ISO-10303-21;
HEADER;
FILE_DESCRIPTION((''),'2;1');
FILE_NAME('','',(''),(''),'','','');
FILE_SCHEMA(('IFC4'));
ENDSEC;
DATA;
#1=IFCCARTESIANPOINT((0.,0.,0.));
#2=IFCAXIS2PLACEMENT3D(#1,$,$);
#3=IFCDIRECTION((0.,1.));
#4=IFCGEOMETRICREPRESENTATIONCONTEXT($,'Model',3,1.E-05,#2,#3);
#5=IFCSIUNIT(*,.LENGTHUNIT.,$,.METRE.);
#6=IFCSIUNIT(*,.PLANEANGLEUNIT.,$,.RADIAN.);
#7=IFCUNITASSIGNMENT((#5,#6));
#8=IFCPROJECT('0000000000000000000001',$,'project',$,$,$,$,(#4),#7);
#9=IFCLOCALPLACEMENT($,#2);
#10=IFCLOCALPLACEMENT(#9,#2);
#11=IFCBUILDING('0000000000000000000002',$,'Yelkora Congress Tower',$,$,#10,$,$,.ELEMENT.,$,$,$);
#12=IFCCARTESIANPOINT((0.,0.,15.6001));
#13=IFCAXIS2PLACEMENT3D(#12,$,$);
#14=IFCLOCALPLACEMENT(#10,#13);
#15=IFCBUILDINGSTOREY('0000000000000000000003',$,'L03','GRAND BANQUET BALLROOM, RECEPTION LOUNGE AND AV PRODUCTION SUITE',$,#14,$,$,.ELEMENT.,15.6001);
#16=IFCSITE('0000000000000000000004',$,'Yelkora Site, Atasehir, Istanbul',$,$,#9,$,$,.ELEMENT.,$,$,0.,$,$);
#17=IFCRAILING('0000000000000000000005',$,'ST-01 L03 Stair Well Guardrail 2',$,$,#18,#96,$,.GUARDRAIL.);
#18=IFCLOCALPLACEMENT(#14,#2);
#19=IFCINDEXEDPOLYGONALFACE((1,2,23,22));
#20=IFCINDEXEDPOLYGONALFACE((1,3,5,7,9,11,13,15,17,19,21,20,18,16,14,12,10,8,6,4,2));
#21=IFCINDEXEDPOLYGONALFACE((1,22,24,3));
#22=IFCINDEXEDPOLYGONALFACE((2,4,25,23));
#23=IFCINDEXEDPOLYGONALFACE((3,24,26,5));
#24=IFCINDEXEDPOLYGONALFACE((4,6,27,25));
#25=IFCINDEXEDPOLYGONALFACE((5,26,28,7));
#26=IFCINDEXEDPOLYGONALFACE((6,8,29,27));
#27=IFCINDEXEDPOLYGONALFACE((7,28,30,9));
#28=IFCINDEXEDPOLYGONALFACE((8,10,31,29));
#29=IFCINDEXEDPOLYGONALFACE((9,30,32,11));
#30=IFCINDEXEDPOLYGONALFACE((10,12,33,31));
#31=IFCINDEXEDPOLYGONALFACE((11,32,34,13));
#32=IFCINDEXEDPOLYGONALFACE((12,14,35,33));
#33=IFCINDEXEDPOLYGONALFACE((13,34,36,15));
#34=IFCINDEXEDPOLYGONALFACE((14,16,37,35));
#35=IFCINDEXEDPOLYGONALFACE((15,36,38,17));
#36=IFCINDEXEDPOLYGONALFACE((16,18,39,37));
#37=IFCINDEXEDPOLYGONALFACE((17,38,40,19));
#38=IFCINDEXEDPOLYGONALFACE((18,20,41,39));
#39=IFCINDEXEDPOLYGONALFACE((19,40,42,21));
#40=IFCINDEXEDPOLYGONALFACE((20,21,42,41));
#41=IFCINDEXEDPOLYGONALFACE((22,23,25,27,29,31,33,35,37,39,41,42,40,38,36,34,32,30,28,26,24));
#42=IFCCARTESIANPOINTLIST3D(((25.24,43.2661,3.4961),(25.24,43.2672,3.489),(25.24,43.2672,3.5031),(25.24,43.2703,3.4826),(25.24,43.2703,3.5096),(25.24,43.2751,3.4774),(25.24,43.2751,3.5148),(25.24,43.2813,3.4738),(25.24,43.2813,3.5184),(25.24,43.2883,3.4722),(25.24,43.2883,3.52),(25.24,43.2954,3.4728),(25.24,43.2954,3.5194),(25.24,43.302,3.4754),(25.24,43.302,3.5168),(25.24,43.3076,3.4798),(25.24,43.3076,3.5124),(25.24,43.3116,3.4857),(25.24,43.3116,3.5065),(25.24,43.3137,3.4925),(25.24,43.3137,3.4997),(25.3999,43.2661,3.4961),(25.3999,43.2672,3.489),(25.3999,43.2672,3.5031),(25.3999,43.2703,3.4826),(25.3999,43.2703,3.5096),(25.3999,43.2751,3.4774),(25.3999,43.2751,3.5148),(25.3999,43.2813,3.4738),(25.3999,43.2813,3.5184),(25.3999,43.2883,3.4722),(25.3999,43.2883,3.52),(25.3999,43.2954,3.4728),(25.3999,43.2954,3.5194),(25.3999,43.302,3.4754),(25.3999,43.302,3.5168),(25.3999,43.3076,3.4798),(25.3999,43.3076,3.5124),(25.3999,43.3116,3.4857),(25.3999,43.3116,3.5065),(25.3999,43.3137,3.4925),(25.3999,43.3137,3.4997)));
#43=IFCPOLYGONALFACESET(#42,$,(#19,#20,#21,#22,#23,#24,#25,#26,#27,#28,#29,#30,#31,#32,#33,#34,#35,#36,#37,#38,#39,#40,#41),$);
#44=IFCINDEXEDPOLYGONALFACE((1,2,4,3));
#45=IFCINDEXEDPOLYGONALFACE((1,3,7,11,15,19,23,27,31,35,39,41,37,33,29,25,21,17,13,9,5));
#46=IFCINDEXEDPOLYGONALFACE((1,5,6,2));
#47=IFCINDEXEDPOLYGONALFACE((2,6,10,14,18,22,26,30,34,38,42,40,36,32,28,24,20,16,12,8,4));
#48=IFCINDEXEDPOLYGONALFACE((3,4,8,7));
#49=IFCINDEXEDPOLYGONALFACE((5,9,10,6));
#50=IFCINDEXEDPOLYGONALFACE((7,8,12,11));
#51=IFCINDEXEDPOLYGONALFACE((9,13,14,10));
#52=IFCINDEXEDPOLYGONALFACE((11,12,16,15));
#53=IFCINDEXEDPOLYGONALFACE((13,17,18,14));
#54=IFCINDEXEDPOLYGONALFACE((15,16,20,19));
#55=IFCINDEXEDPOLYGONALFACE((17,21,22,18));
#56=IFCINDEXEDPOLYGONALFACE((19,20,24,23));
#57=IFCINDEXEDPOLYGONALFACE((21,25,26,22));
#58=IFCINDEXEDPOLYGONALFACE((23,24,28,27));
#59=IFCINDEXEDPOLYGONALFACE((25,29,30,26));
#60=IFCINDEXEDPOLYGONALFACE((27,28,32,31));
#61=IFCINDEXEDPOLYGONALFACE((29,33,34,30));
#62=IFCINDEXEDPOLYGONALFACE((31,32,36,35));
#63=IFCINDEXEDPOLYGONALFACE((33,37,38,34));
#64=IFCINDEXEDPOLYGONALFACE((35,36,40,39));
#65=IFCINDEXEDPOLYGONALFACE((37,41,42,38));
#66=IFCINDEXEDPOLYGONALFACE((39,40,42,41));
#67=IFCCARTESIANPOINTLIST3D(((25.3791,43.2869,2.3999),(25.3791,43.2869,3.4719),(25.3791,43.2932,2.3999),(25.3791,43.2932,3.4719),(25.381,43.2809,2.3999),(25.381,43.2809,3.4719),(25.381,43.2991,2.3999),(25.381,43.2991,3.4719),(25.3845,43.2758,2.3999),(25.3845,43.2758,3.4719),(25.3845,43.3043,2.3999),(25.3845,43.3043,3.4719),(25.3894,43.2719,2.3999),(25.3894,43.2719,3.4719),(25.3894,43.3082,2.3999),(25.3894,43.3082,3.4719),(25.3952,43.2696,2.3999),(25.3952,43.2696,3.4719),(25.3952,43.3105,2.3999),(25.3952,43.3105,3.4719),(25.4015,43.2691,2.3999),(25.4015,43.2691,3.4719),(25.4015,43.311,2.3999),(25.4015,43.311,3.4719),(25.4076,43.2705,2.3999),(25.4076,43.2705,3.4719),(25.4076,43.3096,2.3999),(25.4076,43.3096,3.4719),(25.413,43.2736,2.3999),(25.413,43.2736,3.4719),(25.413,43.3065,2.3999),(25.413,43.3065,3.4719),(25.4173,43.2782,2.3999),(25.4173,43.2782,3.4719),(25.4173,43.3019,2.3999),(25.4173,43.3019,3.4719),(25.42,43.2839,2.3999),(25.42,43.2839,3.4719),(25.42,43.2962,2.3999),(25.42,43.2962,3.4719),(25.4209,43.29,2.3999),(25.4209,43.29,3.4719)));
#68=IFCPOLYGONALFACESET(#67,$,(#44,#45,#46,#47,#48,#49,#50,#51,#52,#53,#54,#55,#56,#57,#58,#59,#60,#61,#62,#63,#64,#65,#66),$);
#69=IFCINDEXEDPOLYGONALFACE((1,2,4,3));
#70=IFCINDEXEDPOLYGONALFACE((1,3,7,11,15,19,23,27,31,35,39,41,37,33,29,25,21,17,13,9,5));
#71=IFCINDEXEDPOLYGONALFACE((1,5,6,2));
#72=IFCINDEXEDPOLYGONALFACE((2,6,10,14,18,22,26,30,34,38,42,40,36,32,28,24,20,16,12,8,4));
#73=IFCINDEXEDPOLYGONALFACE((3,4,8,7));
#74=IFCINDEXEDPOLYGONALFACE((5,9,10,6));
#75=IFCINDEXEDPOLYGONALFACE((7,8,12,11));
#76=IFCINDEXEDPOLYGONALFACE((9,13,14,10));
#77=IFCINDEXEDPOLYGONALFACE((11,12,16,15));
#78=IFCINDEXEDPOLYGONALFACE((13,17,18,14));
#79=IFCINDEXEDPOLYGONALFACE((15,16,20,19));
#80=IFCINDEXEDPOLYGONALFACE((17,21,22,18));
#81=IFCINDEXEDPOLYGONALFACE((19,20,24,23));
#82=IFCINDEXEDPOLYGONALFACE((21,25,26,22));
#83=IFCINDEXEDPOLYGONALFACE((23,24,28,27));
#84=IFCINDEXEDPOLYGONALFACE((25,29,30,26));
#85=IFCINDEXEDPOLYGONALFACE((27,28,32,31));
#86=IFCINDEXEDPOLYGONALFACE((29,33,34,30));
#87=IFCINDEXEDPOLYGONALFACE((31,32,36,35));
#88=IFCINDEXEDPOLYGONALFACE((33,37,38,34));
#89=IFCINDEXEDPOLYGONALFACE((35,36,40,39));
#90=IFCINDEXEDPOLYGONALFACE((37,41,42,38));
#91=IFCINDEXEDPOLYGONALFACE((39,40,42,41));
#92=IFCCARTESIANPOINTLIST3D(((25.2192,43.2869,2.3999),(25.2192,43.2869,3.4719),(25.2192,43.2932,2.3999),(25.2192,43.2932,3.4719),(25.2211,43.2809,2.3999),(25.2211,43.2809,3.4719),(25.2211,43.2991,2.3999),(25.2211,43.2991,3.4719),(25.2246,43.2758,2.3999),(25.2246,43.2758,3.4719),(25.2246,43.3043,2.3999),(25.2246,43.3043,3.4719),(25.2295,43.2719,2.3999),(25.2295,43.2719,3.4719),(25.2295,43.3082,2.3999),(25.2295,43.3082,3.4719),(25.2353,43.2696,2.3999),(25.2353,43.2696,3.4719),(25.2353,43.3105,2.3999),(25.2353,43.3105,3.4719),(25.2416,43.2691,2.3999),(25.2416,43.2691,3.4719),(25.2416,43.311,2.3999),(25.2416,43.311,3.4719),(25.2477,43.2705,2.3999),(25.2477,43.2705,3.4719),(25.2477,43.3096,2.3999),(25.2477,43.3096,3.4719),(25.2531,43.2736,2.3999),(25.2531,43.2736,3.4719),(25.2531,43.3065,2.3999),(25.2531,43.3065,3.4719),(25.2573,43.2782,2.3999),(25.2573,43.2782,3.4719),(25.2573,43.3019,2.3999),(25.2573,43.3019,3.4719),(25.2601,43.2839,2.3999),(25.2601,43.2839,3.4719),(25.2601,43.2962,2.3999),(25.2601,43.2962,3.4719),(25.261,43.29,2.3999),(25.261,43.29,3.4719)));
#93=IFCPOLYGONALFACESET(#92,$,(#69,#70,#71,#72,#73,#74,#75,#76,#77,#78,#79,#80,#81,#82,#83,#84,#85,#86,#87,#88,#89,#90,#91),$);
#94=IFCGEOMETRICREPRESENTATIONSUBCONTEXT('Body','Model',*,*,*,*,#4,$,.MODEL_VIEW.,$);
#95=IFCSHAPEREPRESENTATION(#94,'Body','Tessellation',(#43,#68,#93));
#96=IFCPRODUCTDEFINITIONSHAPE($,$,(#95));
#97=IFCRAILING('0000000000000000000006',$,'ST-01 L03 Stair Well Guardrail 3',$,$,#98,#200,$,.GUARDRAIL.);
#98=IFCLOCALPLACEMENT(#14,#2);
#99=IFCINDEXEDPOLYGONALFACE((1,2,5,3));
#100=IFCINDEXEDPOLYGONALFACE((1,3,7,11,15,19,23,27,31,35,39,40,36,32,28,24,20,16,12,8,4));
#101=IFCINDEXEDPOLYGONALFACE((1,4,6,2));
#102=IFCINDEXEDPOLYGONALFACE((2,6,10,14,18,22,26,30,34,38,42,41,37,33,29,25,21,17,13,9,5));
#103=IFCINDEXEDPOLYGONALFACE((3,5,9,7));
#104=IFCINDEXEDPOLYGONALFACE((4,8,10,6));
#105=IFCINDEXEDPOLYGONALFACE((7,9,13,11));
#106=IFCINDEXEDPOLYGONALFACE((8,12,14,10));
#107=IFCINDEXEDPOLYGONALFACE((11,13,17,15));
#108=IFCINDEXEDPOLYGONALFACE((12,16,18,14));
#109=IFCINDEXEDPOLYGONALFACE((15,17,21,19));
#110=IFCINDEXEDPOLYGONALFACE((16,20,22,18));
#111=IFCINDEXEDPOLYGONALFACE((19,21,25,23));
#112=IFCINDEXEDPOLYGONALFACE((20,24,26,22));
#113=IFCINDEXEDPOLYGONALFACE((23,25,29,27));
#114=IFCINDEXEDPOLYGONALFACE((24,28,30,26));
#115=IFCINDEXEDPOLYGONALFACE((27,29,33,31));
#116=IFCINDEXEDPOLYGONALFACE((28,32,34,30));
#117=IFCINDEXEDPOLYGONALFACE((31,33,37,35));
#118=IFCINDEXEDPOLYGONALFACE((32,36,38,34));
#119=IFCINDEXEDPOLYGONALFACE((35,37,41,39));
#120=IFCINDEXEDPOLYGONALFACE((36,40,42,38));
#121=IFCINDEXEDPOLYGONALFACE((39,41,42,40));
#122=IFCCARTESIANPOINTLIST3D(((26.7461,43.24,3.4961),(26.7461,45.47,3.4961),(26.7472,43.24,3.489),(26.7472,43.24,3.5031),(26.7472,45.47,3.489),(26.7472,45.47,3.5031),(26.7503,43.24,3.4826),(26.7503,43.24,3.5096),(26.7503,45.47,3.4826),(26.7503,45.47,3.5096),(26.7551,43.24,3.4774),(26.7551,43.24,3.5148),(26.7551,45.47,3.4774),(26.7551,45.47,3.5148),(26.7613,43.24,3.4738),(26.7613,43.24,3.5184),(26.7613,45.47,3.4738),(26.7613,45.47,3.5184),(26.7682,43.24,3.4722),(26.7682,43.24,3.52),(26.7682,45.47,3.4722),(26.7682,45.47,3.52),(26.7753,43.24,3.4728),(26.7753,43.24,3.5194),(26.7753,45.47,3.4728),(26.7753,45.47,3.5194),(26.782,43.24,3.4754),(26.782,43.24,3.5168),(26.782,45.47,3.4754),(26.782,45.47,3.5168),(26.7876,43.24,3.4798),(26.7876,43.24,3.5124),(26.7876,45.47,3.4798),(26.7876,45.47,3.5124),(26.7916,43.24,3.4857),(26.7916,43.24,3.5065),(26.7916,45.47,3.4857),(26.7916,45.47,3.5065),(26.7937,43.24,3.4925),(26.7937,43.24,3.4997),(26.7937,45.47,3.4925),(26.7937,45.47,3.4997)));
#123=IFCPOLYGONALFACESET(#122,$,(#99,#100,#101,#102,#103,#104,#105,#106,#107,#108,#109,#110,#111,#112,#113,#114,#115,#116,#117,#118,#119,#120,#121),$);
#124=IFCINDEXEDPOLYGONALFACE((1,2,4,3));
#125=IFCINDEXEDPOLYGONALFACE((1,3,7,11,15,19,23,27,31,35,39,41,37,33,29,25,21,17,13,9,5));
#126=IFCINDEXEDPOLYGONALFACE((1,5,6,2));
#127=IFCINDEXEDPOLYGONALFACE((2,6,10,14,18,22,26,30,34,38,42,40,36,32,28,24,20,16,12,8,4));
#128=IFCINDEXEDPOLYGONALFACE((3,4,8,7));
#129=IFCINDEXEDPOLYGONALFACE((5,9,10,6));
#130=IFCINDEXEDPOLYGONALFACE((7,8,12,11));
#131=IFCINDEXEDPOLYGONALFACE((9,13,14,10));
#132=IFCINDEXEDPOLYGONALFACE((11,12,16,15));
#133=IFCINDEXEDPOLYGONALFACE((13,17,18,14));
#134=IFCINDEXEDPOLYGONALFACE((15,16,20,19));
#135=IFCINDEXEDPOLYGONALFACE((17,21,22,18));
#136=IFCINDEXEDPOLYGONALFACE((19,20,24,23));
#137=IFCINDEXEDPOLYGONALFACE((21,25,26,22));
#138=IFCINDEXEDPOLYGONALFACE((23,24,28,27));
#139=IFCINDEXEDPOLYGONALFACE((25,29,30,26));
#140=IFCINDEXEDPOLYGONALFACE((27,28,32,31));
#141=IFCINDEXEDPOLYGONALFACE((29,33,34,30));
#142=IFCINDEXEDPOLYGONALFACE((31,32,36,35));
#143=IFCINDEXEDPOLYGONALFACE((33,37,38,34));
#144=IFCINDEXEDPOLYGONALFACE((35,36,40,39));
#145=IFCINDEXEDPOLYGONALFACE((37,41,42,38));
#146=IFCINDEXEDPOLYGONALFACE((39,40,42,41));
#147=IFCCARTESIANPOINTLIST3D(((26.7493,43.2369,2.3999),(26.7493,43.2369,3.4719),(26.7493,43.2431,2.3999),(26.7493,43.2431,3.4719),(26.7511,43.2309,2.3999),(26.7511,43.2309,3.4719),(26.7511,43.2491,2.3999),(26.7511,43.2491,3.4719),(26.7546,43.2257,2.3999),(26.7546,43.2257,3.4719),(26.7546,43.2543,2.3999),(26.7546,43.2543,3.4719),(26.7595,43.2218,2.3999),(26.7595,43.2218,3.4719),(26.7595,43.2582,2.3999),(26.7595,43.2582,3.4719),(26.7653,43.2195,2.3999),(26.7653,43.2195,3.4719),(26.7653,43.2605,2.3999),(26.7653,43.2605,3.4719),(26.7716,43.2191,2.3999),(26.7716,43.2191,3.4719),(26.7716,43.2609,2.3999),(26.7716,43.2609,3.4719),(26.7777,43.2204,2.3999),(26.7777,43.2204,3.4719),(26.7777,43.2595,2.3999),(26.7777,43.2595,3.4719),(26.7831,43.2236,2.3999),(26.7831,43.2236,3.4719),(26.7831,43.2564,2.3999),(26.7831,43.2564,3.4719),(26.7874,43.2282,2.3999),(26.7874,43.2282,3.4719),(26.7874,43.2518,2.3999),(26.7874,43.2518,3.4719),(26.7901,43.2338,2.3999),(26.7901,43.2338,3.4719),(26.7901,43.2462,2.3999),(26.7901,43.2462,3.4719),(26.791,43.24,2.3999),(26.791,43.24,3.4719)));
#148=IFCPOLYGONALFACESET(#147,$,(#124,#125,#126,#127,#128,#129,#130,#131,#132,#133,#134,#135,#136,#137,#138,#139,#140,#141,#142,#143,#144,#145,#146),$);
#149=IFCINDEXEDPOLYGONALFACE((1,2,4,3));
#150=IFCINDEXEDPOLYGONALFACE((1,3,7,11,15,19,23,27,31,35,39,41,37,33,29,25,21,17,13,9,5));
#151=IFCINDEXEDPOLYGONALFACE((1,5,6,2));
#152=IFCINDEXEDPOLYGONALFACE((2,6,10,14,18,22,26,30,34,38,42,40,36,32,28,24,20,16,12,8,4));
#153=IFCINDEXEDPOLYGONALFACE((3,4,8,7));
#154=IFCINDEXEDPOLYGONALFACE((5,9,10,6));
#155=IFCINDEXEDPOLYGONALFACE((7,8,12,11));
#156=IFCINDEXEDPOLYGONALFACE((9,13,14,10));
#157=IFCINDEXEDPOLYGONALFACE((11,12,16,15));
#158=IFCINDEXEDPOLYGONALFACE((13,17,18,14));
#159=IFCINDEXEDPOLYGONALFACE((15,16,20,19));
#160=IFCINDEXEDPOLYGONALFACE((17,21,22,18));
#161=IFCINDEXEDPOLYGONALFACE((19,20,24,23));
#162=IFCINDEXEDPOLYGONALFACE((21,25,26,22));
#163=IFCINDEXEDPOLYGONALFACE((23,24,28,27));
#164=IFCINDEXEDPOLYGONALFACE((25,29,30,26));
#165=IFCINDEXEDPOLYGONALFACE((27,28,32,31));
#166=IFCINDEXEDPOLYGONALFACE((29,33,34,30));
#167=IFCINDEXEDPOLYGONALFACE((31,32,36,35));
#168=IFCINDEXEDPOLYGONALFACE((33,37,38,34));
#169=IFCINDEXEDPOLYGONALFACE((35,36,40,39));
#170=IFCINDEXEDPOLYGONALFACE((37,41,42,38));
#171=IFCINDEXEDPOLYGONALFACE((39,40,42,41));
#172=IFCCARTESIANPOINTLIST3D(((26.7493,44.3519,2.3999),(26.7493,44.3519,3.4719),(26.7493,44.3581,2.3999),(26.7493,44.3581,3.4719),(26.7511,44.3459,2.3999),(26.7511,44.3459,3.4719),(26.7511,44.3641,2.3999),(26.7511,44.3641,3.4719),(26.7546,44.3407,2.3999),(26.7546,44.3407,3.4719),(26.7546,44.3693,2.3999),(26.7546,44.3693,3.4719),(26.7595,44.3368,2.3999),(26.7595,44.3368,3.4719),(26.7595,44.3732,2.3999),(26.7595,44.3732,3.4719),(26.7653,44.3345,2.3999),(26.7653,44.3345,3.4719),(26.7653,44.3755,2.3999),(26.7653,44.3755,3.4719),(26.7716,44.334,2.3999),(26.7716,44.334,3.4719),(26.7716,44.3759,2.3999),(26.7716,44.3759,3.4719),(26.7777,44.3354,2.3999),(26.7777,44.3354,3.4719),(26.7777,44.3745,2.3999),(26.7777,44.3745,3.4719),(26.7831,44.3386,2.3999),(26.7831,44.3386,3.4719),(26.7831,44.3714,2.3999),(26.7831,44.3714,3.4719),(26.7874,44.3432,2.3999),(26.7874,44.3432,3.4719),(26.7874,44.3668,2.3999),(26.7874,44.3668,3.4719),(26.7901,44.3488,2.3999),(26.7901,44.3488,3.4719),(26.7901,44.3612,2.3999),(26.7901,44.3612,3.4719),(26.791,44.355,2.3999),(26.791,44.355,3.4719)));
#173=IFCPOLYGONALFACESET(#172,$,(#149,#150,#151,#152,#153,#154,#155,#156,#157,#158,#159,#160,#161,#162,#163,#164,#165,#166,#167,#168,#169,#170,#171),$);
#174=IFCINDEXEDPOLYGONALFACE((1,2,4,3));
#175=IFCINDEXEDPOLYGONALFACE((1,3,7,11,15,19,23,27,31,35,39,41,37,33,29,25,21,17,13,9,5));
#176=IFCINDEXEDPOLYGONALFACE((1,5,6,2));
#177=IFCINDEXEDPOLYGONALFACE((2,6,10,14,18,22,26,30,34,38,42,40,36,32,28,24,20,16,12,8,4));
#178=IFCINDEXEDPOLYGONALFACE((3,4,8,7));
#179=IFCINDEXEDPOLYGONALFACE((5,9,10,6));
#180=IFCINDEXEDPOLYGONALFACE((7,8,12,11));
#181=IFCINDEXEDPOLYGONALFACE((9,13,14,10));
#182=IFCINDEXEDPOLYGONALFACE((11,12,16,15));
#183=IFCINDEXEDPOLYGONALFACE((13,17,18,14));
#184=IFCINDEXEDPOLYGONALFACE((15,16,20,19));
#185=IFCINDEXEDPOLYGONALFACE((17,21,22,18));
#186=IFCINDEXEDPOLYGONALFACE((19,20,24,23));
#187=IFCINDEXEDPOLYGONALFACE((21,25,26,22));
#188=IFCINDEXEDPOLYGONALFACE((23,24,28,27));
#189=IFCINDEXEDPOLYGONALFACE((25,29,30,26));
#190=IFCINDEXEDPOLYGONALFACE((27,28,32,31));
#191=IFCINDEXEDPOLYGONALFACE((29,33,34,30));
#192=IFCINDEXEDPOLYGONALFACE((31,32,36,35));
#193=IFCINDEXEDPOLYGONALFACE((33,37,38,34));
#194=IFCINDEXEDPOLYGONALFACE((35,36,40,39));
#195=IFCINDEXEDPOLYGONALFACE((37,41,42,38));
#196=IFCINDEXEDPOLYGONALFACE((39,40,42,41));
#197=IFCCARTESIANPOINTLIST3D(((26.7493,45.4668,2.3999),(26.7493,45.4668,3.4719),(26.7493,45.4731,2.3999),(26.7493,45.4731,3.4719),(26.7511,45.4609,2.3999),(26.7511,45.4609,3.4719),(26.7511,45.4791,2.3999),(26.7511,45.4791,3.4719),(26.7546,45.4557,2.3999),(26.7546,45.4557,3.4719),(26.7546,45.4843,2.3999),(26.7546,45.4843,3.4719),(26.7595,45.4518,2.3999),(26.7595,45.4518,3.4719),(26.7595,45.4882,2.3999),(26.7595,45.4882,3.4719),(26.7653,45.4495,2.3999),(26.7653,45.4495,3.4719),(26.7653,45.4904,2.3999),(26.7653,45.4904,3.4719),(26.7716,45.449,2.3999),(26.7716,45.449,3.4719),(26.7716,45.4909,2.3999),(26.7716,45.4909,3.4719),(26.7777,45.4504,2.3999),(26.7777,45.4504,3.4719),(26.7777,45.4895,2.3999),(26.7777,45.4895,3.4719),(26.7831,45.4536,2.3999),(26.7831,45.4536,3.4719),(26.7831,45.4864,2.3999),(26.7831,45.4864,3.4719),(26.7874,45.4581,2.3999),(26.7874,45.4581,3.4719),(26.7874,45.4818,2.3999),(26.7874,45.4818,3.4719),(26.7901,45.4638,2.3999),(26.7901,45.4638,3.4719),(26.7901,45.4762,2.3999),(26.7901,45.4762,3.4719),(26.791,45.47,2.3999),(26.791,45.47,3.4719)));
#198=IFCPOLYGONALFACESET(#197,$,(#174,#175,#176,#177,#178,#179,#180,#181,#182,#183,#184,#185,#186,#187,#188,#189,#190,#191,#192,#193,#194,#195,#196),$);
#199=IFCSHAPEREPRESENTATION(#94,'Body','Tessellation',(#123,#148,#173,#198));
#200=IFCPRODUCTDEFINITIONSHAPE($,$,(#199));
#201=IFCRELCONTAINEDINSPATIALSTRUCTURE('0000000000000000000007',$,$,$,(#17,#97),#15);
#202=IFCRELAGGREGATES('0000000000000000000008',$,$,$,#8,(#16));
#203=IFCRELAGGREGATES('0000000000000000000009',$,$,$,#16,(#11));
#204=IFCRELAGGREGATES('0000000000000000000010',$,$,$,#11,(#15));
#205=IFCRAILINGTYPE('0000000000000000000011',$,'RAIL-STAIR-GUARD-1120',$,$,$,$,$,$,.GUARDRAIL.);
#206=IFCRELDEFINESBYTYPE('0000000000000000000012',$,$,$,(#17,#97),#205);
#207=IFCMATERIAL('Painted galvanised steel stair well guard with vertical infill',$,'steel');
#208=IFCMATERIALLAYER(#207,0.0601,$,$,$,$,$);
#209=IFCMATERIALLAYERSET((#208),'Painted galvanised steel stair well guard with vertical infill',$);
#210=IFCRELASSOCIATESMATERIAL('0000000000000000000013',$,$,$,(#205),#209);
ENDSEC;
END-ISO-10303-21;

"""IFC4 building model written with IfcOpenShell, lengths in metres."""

from ifc_helpers import new_model, si_unit, direction, frame, origin, origin_2d, place, context, subcontext, project, spatial, circle, extrude, material, layer, layer_set, type_object, element, save


model = new_model("IFC4")

# Units and contexts
model_context = context("Model", 3, precision=1e-05, world=origin(), true_north=direction((0.0, 1.0)))
body_context = subcontext(model_context, "Body", "Model", "MODEL_VIEW")
ifc_project = project(units=[si_unit("LENGTHUNIT", "METRE"), si_unit("PLANEANGLEUNIT", "RADIAN")], contexts=[model_context])

# Site, building, storey
site_placement = place(None, origin())
site = spatial("IfcSite", under=ifc_project, at=site_placement, Name="Yelkora Site, Atasehir, Istanbul", CompositionType="ELEMENT", RefElevation=0.0)
building_placement = place(site_placement, origin())
building = spatial("IfcBuilding", under=site, at=building_placement, Name="Yelkora Congress Tower", CompositionType="ELEMENT")
storey_placement = place(building_placement, frame((0.0, 0.0, 15.6001)))
storey = spatial("IfcBuildingStorey", under=building, at=storey_placement, Name="L03", Description="GRAND BANQUET BALLROOM, RECEPTION LOUNGE AND AV PRODUCTION SUITE", CompositionType="ELEMENT", Elevation=15.6001)

# Railings
ifc_material_1 = material(Name="Painted galvanised steel stair well guard with vertical infill", Category="steel")
ifc_layer_1 = layer(ifc_material_1, 0.0601)
ifc_layer_set_1 = layer_set([ifc_layer_1], Name="Painted galvanised steel stair well guard with vertical infill")
railing_type_1 = type_object("IfcRailingType", Name="RAIL-STAIR-GUARD-1120", PredefinedType="GUARDRAIL", material=ifc_layer_set_1)
railing_1_placement = place(storey_placement, frame((25.3999, 43.29, 2.3999)))
element("IfcRailing", 1, at=railing_1_placement, inside=storey, type_object=railing_type_1, Name="ST-01 L03 Stair Well Guardrail 2", PredefinedType="GUARDRAIL", context=body_context, shape_type="SweptSolid", body=[
    extrude(circle(Radius=0.0239, at=origin_2d()), frame((0.0, 0.0, 1.0962), z_axis=(-1.0, 0.0, 0.0), x_axis=(0.0, -1.0, 0.0)), (0.0, 0.0, 1.0), 0.1599),
    extrude(circle(Radius=0.021, at=origin_2d()), origin(), (0.0, 0.0, 1.0), 1.072),
    extrude(circle(Radius=0.021, at=origin_2d()), frame((-0.1599, 0.0, 0.0)), (0.0, 0.0, 1.0), 1.072),
])
for number, where, name in (
    (2, (26.77, 43.24, 2.3999), "ST-01 L03 Stair Well Guardrail 3"),
):
    element("IfcRailing", number, at=place(storey_placement, frame(where)), inside=storey, type_object=railing_type_1, Name=name, PredefinedType="GUARDRAIL", context=body_context, shape_type="SweptSolid", body=[
        extrude(circle(Radius=0.0239, at=origin_2d()), frame((0.0, 0.0, 1.0962), z_axis=(0.0, 1.0, 0.0), x_axis=(-1.0, 0.0, 0.0)), (0.0, 0.0, 1.0), 2.23),
        extrude(circle(Radius=0.021, at=origin_2d()), origin(), (0.0, 0.0, 1.0), 1.072),
        extrude(circle(Radius=0.021, at=origin_2d()), frame((0.0, 1.115, 0.0)), (0.0, 0.0, 1.0), 1.072),
        extrude(circle(Radius=0.021, at=origin_2d()), frame((0.0, 2.23, 0.0)), (0.0, 0.0, 1.0), 1.072),
    ])

save(model, "model.ifc")
